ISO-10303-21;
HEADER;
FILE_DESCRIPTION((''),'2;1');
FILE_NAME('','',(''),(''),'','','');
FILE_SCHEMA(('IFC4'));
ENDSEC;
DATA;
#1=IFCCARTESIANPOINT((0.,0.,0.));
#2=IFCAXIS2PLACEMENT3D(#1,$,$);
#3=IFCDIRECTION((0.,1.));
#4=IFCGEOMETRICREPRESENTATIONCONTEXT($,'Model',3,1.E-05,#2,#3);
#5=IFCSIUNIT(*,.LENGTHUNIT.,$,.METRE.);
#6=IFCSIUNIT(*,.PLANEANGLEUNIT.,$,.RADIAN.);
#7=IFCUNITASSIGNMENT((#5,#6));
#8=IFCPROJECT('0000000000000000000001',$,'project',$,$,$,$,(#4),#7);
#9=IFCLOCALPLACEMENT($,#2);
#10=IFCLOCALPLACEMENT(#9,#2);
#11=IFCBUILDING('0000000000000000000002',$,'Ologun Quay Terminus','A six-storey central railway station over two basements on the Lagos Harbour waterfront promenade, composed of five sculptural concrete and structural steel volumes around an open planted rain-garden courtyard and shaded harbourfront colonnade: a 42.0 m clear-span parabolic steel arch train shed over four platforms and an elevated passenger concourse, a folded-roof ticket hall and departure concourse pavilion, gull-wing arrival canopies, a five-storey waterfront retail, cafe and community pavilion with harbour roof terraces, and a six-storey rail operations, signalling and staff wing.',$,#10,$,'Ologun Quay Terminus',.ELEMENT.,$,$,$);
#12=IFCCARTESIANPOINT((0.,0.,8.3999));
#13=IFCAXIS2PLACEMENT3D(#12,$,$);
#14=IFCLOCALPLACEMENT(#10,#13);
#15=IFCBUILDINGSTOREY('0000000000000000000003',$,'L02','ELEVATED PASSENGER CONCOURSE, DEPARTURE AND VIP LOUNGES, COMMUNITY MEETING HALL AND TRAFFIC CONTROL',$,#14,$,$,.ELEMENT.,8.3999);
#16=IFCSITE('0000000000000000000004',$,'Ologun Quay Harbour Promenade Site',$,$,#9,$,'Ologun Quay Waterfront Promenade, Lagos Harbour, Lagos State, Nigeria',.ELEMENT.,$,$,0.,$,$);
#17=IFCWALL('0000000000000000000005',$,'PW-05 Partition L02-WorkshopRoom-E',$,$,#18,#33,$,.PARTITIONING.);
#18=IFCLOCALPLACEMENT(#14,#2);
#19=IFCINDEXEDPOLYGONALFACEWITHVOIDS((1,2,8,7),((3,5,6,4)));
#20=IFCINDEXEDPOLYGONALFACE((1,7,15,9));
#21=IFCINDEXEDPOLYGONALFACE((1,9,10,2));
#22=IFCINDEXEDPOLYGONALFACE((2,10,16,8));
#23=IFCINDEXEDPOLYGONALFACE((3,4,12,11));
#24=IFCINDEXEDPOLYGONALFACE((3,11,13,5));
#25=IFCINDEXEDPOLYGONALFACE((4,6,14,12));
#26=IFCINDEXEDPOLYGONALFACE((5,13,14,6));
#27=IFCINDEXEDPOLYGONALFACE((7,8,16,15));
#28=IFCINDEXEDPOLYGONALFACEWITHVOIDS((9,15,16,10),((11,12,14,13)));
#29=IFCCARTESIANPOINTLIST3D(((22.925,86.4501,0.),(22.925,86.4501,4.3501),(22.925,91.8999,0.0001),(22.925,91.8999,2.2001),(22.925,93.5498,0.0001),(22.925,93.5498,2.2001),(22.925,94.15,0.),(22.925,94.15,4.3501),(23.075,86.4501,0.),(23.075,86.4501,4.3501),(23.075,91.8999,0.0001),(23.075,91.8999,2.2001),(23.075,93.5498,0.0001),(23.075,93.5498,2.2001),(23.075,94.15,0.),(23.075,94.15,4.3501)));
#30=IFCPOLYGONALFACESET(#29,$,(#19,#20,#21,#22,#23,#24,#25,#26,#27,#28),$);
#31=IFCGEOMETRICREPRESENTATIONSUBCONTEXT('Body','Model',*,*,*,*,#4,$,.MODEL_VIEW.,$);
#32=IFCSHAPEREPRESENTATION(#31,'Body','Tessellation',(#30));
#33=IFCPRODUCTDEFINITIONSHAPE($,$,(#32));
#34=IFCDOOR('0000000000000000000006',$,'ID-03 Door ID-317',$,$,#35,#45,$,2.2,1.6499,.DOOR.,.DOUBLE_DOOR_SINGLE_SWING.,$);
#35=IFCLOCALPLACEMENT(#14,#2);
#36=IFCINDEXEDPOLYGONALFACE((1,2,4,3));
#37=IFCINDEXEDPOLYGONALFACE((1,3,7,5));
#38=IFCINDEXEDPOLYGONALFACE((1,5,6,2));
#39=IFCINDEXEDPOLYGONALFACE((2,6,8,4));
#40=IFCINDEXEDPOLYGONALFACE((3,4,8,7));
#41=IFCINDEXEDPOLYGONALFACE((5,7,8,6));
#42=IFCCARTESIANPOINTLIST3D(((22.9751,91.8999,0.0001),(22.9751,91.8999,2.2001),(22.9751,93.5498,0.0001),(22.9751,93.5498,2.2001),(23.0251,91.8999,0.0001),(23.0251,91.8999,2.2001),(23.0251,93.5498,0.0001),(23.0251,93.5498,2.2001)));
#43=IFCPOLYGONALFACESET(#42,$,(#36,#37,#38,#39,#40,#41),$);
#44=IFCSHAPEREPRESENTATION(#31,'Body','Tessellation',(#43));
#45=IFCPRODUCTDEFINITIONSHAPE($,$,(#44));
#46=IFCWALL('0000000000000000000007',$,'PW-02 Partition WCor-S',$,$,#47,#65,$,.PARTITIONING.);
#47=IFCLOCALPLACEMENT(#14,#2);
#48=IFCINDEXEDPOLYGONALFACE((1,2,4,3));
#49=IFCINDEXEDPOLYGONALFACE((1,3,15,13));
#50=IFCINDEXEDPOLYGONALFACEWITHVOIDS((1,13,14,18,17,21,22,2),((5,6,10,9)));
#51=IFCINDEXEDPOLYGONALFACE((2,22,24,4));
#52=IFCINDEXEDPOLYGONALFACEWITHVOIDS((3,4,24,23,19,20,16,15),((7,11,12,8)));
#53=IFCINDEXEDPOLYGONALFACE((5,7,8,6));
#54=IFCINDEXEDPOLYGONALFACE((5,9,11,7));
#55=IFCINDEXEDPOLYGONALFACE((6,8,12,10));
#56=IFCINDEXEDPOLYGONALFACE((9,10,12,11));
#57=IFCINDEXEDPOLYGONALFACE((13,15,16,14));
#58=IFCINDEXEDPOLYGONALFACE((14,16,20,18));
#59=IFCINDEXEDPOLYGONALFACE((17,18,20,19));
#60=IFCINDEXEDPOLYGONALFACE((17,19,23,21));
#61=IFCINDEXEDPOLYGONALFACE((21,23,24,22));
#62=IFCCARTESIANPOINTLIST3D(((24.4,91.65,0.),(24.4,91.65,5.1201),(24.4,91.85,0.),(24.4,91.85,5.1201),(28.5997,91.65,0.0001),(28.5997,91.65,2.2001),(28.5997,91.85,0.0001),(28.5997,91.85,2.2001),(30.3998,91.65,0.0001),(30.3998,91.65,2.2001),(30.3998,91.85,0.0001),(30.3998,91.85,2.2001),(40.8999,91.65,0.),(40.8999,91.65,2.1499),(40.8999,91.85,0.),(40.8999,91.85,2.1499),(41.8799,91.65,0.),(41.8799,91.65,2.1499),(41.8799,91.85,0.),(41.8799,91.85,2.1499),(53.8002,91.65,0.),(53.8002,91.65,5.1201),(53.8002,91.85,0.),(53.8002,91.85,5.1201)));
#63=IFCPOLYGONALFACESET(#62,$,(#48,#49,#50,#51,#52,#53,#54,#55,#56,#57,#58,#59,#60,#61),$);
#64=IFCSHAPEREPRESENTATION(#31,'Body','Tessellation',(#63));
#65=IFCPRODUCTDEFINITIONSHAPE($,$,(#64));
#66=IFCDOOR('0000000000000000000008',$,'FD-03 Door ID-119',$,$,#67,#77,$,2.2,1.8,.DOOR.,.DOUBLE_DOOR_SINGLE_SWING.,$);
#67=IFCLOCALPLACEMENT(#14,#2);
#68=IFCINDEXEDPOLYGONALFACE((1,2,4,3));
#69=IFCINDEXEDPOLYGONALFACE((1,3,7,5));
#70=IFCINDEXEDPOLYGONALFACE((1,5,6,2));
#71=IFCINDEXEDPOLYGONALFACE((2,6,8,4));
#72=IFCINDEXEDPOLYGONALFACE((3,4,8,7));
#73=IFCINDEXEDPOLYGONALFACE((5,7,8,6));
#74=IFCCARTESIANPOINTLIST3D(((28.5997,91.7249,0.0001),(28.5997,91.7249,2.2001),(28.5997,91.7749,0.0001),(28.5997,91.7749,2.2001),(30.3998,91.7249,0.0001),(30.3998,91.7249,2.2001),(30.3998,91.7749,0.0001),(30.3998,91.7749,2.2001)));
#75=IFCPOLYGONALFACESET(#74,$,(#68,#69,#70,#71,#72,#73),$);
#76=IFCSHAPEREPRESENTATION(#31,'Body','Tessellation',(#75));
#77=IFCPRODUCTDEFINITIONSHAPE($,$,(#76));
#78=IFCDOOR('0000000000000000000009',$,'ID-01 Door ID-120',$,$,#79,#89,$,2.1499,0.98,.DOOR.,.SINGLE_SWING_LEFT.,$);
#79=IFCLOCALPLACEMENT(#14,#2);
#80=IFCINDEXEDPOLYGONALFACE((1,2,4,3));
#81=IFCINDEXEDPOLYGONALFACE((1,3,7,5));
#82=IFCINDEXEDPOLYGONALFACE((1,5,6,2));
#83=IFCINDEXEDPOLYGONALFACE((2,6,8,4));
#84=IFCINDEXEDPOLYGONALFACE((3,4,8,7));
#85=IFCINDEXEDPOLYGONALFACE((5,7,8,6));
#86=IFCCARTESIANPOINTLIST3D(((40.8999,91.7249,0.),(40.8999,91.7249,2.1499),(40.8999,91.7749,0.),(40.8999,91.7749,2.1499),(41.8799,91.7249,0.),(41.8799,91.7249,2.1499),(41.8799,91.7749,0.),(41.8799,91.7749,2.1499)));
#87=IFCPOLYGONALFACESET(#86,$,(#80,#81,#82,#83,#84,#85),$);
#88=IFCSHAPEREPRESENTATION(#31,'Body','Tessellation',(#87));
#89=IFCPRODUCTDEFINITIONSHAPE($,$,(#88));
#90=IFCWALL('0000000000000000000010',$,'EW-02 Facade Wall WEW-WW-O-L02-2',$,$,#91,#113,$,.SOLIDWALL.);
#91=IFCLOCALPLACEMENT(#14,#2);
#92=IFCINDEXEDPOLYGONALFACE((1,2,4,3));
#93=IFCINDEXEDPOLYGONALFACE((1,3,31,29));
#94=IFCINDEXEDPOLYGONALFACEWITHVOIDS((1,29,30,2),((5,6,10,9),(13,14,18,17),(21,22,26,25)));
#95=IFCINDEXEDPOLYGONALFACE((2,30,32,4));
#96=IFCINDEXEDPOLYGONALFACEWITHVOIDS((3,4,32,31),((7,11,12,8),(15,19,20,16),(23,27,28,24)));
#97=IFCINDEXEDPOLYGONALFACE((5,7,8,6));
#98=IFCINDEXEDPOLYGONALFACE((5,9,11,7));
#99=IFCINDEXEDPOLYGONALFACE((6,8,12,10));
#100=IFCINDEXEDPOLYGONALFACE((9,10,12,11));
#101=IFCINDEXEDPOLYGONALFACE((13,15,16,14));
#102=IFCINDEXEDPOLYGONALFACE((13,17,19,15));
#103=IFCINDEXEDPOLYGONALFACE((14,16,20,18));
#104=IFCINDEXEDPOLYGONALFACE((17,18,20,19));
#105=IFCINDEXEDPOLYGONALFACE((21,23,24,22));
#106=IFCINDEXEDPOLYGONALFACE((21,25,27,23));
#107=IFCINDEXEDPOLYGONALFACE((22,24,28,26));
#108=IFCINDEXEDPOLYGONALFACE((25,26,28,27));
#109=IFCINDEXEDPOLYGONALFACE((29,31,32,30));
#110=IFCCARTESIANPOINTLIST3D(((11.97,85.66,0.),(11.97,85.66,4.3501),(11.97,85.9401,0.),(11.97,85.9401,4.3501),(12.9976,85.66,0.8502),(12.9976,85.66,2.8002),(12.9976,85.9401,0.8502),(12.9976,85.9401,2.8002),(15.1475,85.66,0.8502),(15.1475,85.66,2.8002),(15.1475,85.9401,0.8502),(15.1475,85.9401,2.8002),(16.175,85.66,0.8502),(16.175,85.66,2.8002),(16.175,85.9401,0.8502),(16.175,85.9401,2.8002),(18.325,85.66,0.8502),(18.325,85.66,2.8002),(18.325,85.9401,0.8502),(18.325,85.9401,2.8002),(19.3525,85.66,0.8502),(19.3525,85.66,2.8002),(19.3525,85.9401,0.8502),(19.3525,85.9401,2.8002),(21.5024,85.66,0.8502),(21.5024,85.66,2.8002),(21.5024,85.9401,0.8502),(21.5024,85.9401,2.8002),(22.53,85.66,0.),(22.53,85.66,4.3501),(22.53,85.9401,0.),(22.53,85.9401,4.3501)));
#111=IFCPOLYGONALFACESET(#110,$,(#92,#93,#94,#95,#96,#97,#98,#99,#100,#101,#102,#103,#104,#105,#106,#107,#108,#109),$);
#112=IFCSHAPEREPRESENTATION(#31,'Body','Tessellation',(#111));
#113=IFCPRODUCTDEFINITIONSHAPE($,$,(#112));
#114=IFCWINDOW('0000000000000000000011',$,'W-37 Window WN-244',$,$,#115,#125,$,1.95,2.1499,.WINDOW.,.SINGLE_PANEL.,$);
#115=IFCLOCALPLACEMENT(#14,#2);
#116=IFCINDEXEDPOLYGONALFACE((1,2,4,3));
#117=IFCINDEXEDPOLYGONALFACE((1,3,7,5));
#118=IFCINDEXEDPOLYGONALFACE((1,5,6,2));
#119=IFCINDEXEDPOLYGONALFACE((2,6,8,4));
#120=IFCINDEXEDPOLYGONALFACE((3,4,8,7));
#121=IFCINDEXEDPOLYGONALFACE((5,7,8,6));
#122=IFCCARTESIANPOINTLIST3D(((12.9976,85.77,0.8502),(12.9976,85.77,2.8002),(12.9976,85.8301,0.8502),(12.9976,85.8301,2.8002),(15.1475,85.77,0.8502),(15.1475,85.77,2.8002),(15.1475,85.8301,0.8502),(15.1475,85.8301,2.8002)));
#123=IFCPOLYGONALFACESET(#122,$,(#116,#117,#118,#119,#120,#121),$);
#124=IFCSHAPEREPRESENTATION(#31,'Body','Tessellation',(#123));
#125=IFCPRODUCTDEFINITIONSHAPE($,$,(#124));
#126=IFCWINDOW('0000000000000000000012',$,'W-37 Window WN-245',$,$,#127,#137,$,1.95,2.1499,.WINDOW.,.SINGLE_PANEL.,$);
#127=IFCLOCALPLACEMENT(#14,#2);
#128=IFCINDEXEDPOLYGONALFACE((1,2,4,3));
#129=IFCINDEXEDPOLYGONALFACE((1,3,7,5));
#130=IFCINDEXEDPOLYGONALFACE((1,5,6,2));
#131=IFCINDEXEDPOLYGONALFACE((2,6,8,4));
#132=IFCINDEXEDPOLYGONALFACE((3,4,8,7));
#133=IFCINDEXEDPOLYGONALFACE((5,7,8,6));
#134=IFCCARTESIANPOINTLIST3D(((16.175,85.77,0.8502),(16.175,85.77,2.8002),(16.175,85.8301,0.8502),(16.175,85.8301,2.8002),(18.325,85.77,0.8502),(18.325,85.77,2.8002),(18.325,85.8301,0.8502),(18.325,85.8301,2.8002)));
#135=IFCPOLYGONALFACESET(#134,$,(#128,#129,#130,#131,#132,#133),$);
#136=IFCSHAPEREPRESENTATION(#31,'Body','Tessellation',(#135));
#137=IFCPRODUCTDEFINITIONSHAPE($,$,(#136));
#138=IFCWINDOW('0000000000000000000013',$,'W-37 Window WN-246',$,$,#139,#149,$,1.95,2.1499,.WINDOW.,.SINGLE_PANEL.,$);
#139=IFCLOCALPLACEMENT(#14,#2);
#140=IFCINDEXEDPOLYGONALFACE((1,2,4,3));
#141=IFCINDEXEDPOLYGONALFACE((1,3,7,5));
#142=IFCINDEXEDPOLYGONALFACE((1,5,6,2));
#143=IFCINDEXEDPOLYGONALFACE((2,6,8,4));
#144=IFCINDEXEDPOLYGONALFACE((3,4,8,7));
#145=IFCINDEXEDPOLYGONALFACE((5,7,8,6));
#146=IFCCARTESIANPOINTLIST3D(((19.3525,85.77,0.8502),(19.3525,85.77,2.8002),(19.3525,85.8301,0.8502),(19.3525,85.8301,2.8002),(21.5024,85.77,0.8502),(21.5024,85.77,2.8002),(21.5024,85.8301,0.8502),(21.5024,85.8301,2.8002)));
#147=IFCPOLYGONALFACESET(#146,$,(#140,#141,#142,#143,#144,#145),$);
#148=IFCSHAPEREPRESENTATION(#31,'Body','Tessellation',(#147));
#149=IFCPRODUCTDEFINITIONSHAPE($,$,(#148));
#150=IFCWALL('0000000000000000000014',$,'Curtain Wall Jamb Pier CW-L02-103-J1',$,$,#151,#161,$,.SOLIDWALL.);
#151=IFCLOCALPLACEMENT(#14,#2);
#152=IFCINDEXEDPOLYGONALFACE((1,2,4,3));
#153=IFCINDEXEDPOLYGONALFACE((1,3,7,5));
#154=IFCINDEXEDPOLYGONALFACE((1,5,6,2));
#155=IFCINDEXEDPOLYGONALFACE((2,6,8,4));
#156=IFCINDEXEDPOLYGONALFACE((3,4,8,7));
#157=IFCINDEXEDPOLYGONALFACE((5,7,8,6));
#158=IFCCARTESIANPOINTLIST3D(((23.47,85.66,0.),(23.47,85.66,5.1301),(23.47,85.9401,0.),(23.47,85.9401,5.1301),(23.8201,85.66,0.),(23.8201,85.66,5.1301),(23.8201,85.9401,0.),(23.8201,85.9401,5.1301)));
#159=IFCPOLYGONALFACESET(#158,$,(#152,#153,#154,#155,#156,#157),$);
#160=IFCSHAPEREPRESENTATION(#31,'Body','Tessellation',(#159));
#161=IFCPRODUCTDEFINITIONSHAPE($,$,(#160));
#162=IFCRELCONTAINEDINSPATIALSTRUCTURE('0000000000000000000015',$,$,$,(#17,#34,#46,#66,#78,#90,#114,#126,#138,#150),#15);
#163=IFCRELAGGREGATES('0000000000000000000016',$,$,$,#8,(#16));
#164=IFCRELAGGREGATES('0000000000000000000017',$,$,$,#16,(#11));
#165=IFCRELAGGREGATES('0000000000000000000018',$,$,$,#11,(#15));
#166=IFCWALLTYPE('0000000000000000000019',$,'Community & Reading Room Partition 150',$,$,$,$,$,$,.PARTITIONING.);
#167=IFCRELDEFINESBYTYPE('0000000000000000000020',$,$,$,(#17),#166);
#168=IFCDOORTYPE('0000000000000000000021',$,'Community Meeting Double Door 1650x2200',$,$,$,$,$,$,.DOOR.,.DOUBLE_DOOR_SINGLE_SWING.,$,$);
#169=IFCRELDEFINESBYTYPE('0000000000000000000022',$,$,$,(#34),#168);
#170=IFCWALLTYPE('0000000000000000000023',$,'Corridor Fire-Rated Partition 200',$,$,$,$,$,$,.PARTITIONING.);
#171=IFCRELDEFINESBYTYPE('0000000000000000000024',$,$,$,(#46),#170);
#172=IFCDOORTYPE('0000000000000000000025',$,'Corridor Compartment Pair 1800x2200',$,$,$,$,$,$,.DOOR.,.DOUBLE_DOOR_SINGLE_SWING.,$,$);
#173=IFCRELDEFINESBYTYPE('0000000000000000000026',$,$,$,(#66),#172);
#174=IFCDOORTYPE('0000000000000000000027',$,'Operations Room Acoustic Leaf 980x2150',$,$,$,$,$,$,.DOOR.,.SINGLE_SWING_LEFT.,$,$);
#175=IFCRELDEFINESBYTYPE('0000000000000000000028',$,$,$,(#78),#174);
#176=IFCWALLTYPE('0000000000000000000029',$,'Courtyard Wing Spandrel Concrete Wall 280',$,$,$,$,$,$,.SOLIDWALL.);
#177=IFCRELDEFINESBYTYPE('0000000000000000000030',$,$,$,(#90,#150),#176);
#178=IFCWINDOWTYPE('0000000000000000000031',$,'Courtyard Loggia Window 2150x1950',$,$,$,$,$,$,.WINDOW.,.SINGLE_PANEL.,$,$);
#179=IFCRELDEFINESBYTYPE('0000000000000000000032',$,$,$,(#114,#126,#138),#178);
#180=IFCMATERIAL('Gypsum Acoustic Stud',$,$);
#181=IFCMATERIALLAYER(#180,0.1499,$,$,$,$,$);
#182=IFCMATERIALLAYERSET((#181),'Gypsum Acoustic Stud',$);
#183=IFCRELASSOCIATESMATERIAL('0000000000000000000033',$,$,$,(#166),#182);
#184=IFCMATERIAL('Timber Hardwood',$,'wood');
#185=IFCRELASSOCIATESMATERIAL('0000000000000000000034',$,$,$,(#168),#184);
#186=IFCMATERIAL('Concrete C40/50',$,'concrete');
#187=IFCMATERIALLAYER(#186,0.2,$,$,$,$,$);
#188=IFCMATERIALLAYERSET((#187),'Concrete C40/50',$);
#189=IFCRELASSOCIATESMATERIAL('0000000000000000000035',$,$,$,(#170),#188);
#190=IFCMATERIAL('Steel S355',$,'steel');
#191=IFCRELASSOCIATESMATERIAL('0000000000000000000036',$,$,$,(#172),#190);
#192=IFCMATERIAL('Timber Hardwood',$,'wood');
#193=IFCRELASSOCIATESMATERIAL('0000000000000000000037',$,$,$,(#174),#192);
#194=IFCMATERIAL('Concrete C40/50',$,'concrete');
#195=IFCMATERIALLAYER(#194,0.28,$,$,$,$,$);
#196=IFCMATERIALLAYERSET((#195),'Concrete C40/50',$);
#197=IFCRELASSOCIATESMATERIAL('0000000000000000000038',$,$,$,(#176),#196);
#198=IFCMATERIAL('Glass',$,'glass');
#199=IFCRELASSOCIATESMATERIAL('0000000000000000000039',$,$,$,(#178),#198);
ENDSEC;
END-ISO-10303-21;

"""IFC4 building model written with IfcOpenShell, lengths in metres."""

from ifc_helpers import new_model, si_unit, direction, frame, frame_2d, origin, place, context, subcontext, project, spatial, rectangle, extrude, material, layer, layer_set, type_object, element, fill, save


model = new_model("IFC4")

# Units and contexts
model_context = context("Model", 3, precision=1e-05, world=origin(), true_north=direction((0.0, 1.0)))
body_context = subcontext(model_context, "Body", "Model", "MODEL_VIEW")
ifc_project = project(units=[si_unit("LENGTHUNIT", "METRE"), si_unit("PLANEANGLEUNIT", "RADIAN")], contexts=[model_context])

# Site, building, storey
site_placement = place(None, origin())
site = spatial("IfcSite", under=ifc_project, at=site_placement, Name="Ologun Quay Harbour Promenade Site", LongName="Ologun Quay Waterfront Promenade, Lagos Harbour, Lagos State, Nigeria", CompositionType="ELEMENT", RefElevation=0.0)
building_placement = place(site_placement, origin())
building = spatial("IfcBuilding", under=site, at=building_placement, Name="Ologun Quay Terminus", Description="A six-storey central railway station over two basements on the Lagos Harbour waterfront promenade, composed of five sculptural concrete and structural steel volumes around an open planted rain-garden courtyard and shaded harbourfront colonnade: a 42.0 m clear-span parabolic steel arch train shed over four platforms and an elevated passenger concourse, a folded-roof ticket hall and departure concourse pavilion, gull-wing arrival canopies, a five-storey waterfront retail, cafe and community pavilion with harbour roof terraces, and a six-storey rail operations, signalling and staff wing.", LongName="Ologun Quay Terminus", CompositionType="ELEMENT")
storey_placement = place(building_placement, frame((0.0, 0.0, 8.3999)))
storey = spatial("IfcBuildingStorey", under=building, at=storey_placement, Name="L02", Description="ELEVATED PASSENGER CONCOURSE, DEPARTURE AND VIP LOUNGES, COMMUNITY MEETING HALL AND TRAFFIC CONTROL", CompositionType="ELEMENT", Elevation=8.3999)

# Wall, opening, door
ifc_material_1 = material(Name="Gypsum Acoustic Stud")
ifc_layer_1 = layer(ifc_material_1, 0.1499)
ifc_layer_set_1 = layer_set([ifc_layer_1], Name="Gypsum Acoustic Stud")
wall_type_1 = type_object("IfcWallType", Name="Community & Reading Room Partition 150", PredefinedType="PARTITIONING", material=ifc_layer_set_1)
wall_1_placement = place(storey_placement, frame((23.0, 86.45, 0.0), z_axis=(0.0, 0.0, 1.0), x_axis=(0.0, 1.0, 0.0)))
wall_1 = element("IfcWall", 1, at=wall_1_placement, inside=storey, type_object=wall_type_1, Name="PW-05 Partition L02-WorkshopRoom-E", PredefinedType="PARTITIONING", context=body_context, shape_type="SweptSolid", body=[
    extrude(rectangle(XDim=7.7, YDim=0.1499, at=frame_2d((3.8501, 0.0))), origin(), (0.0, 0.0, 1.0), 4.3501),
])
opening_1_placement = place(wall_1_placement, frame((5.45, 0.0, 0.0)))
opening_1 = element("IfcOpeningElement", 2, at=opening_1_placement, cuts=wall_1, PredefinedType="OPENING", context=body_context, shape_type="SweptSolid", body=[
    extrude(rectangle(XDim=1.6499, YDim=2.2, at=frame_2d((0.825, 1.1001))), frame((0.0, 0.085, 0.0), z_axis=(0.0, -1.0, 0.0), x_axis=(1.0, 0.0, 0.0)), (0.0, 0.0, 1.0), 0.1699),
])
ifc_material_2 = material(Name="Timber Hardwood", Category="wood")
door_type_1 = type_object("IfcDoorType", Name="Community Meeting Double Door 1650x2200", OperationType="DOUBLE_DOOR_SINGLE_SWING", PredefinedType="DOOR", material=ifc_material_2)
door_1_placement = place(opening_1_placement, origin())
door_1 = element("IfcDoor", 3, at=door_1_placement, inside=storey, type_object=door_type_1, Name="ID-03 Door ID-317", OperationType="DOUBLE_DOOR_SINGLE_SWING", OverallHeight=2.2, OverallWidth=1.6499, PredefinedType="DOOR", context=body_context, shape_type="SweptSolid", body=[
    extrude(rectangle(XDim=1.6499, YDim=2.2, at=frame_2d((0.825, 1.1001))), frame((0.0, 0.0249, 0.0), z_axis=(0.0, -1.0, 0.0), x_axis=(1.0, 0.0, 0.0)), (0.0, 0.0, 1.0), 0.05),
])
fill(opening_1, door_1)

# Wall, openings, doors
ifc_material_3 = material(Name="Concrete C40/50", Category="concrete")
ifc_layer_2 = layer(ifc_material_3, 0.2)
ifc_layer_set_2 = layer_set([ifc_layer_2], Name="Concrete C40/50")
wall_type_2 = type_object("IfcWallType", Name="Corridor Fire-Rated Partition 200", PredefinedType="PARTITIONING", material=ifc_layer_set_2)
wall_2_placement = place(storey_placement, frame((24.3999, 91.75, 0.0), z_axis=(0.0, 0.0, 1.0), x_axis=(1.0, 0.0, 0.0)))
wall_2 = element("IfcWall", 4, at=wall_2_placement, inside=storey, type_object=wall_type_2, Name="PW-02 Partition WCor-S", PredefinedType="PARTITIONING", context=body_context, shape_type="SweptSolid", body=[
    extrude(rectangle(XDim=29.4001, YDim=0.2, at=frame_2d((14.7002, 0.0))), origin(), (0.0, 0.0, 1.0), 5.1201),
])
opening_2_placement = place(wall_2_placement, frame((4.2, 0.0, 0.0)))
opening_2 = element("IfcOpeningElement", 5, at=opening_2_placement, cuts=wall_2, PredefinedType="OPENING", context=body_context, shape_type="SweptSolid", body=[
    extrude(rectangle(XDim=1.8, YDim=2.2, at=frame_2d((0.8999, 1.1001))), frame((0.0, 0.1099, 0.0), z_axis=(0.0, -1.0, 0.0), x_axis=(1.0, 0.0, 0.0)), (0.0, 0.0, 1.0), 0.22),
])
opening_3_placement = place(wall_2_placement, frame((16.5, 0.0, 0.0)))
opening_3 = element("IfcOpeningElement", 6, at=opening_3_placement, cuts=wall_2, PredefinedType="OPENING", context=body_context, shape_type="SweptSolid", body=[
    extrude(rectangle(XDim=0.98, YDim=2.1499, at=frame_2d((0.49, 1.075))), frame((0.0, 0.1099, 0.0), z_axis=(0.0, -1.0, 0.0), x_axis=(1.0, 0.0, 0.0)), (0.0, 0.0, 1.0), 0.22),
])
ifc_material_4 = material(Name="Steel S355", Category="steel")
door_type_2 = type_object("IfcDoorType", Name="Corridor Compartment Pair 1800x2200", OperationType="DOUBLE_DOOR_SINGLE_SWING", PredefinedType="DOOR", material=ifc_material_4)
door_2_placement = place(opening_2_placement, origin())
door_2 = element("IfcDoor", 7, at=door_2_placement, inside=storey, type_object=door_type_2, Name="FD-03 Door ID-119", OperationType="DOUBLE_DOOR_SINGLE_SWING", OverallHeight=2.2, OverallWidth=1.8, PredefinedType="DOOR", context=body_context, shape_type="SweptSolid", body=[
    extrude(rectangle(XDim=1.8, YDim=2.2, at=frame_2d((0.8999, 1.1001))), frame((0.0, 0.0249, 0.0), z_axis=(0.0, -1.0, 0.0), x_axis=(1.0, 0.0, 0.0)), (0.0, 0.0, 1.0), 0.05),
])
fill(opening_2, door_2)
ifc_material_5 = material(Name="Timber Hardwood", Category="wood")
door_type_3 = type_object("IfcDoorType", Name="Operations Room Acoustic Leaf 980x2150", OperationType="SINGLE_SWING_LEFT", PredefinedType="DOOR", material=ifc_material_5)
door_3_placement = place(opening_3_placement, origin())
door_3 = element("IfcDoor", 8, at=door_3_placement, inside=storey, type_object=door_type_3, Name="ID-01 Door ID-120", OperationType="SINGLE_SWING_LEFT", OverallHeight=2.1499, OverallWidth=0.98, PredefinedType="DOOR", context=body_context, shape_type="SweptSolid", body=[
    extrude(rectangle(XDim=0.98, YDim=2.1499, at=frame_2d((0.49, 1.075))), frame((0.0, 0.0249, 0.0), z_axis=(0.0, -1.0, 0.0), x_axis=(1.0, 0.0, 0.0)), (0.0, 0.0, 1.0), 0.05),
])
fill(opening_3, door_3)

# Wall, openings, windows
ifc_material_6 = material(Name="Concrete C40/50", Category="concrete")
ifc_layer_3 = layer(ifc_material_6, 0.28)
ifc_layer_set_3 = layer_set([ifc_layer_3], Name="Concrete C40/50")
wall_type_3 = type_object("IfcWallType", Name="Courtyard Wing Spandrel Concrete Wall 280", PredefinedType="SOLIDWALL", material=ifc_layer_set_3)
wall_3_placement = place(storey_placement, frame((11.97, 85.8, 0.0), z_axis=(0.0, 0.0, 1.0), x_axis=(1.0, 0.0, 0.0)))
wall_3 = element("IfcWall", 9, at=wall_3_placement, inside=storey, type_object=wall_type_3, Name="EW-02 Facade Wall WEW-WW-O-L02-2", PredefinedType="SOLIDWALL", context=body_context, shape_type="SweptSolid", body=[
    extrude(rectangle(XDim=10.5601, YDim=0.28, at=frame_2d((5.28, 0.0))), origin(), (0.0, 0.0, 1.0), 4.3501),
])
opening_4_placement = place(wall_3_placement, frame((1.0276, 0.0, 0.8501)))
opening_4 = element("IfcOpeningElement", 10, at=opening_4_placement, cuts=wall_3, PredefinedType="OPENING", context=body_context, shape_type="SweptSolid", body=[
    extrude(rectangle(XDim=2.1499, YDim=1.95, at=frame_2d((1.075, 0.9751))), frame((0.0, 0.1499, 0.0), z_axis=(0.0, -1.0, 0.0), x_axis=(1.0, 0.0, 0.0)), (0.0, 0.0, 1.0), 0.3),
])
opening_5_placement = place(wall_3_placement, frame((4.2051, 0.0, 0.8501)))
opening_5 = element("IfcOpeningElement", 11, at=opening_5_placement, cuts=wall_3, PredefinedType="OPENING", context=body_context, shape_type="SweptSolid", body=[
    extrude(rectangle(XDim=2.1499, YDim=1.95, at=frame_2d((1.075, 0.9751))), frame((0.0, 0.1499, 0.0), z_axis=(0.0, -1.0, 0.0), x_axis=(1.0, 0.0, 0.0)), (0.0, 0.0, 1.0), 0.3),
])
opening_6_placement = place(wall_3_placement, frame((7.3826, 0.0, 0.8501)))
opening_6 = element("IfcOpeningElement", 12, at=opening_6_placement, cuts=wall_3, PredefinedType="OPENING", context=body_context, shape_type="SweptSolid", body=[
    extrude(rectangle(XDim=2.1499, YDim=1.95, at=frame_2d((1.075, 0.9751))), frame((0.0, 0.1499, 0.0), z_axis=(0.0, -1.0, 0.0), x_axis=(1.0, 0.0, 0.0)), (0.0, 0.0, 1.0), 0.3),
])
ifc_material_7 = material(Name="Glass", Category="glass")
window_type = type_object("IfcWindowType", Name="Courtyard Loggia Window 2150x1950", PartitioningType="SINGLE_PANEL", PredefinedType="WINDOW", material=ifc_material_7)
window_1_placement = place(opening_4_placement, origin())
window_1 = element("IfcWindow", 13, at=window_1_placement, inside=storey, type_object=window_type, Name="W-37 Window WN-244", OverallHeight=1.95, OverallWidth=2.1499, PartitioningType="SINGLE_PANEL", PredefinedType="WINDOW", context=body_context, shape_type="SweptSolid", body=[
    extrude(rectangle(XDim=2.1499, YDim=1.95, at=frame_2d((1.075, 0.9751))), frame((0.0, 0.03, 0.0), z_axis=(0.0, -1.0, 0.0), x_axis=(1.0, 0.0, 0.0)), (0.0, 0.0, 1.0), 0.0601),
])
fill(opening_4, window_1)
window_2_placement = place(opening_5_placement, origin())
window_2 = element("IfcWindow", 14, at=window_2_placement, inside=storey, type_object=window_type, Name="W-37 Window WN-245", OverallHeight=1.95, OverallWidth=2.1499, PartitioningType="SINGLE_PANEL", PredefinedType="WINDOW", context=body_context, shape_type="SweptSolid", body=[
    extrude(rectangle(XDim=2.1499, YDim=1.95, at=frame_2d((1.075, 0.9751))), frame((0.0, 0.03, 0.0), z_axis=(0.0, -1.0, 0.0), x_axis=(1.0, 0.0, 0.0)), (0.0, 0.0, 1.0), 0.0601),
])
fill(opening_5, window_2)
window_3_placement = place(opening_6_placement, origin())
window_3 = element("IfcWindow", 15, at=window_3_placement, inside=storey, type_object=window_type, Name="W-37 Window WN-246", OverallHeight=1.95, OverallWidth=2.1499, PartitioningType="SINGLE_PANEL", PredefinedType="WINDOW", context=body_context, shape_type="SweptSolid", body=[
    extrude(rectangle(XDim=2.1499, YDim=1.95, at=frame_2d((1.075, 0.9751))), frame((0.0, 0.03, 0.0), z_axis=(0.0, -1.0, 0.0), x_axis=(1.0, 0.0, 0.0)), (0.0, 0.0, 1.0), 0.0601),
])
fill(opening_6, window_3)

# Wall
wall_4_placement = place(storey_placement, frame((23.47, 85.8, 0.0), z_axis=(0.0, 0.0, 1.0), x_axis=(1.0, 0.0, 0.0)))
element("IfcWall", 16, at=wall_4_placement, inside=storey, type_object=wall_type_3, Name="Curtain Wall Jamb Pier CW-L02-103-J1", PredefinedType="SOLIDWALL", context=body_context, shape_type="SweptSolid", body=[
    extrude(rectangle(XDim=0.3501, YDim=0.28, at=frame_2d((0.175, 0.0))), origin(), (0.0, 0.0, 1.0), 5.1301),
])

save(model, "model.ifc")
